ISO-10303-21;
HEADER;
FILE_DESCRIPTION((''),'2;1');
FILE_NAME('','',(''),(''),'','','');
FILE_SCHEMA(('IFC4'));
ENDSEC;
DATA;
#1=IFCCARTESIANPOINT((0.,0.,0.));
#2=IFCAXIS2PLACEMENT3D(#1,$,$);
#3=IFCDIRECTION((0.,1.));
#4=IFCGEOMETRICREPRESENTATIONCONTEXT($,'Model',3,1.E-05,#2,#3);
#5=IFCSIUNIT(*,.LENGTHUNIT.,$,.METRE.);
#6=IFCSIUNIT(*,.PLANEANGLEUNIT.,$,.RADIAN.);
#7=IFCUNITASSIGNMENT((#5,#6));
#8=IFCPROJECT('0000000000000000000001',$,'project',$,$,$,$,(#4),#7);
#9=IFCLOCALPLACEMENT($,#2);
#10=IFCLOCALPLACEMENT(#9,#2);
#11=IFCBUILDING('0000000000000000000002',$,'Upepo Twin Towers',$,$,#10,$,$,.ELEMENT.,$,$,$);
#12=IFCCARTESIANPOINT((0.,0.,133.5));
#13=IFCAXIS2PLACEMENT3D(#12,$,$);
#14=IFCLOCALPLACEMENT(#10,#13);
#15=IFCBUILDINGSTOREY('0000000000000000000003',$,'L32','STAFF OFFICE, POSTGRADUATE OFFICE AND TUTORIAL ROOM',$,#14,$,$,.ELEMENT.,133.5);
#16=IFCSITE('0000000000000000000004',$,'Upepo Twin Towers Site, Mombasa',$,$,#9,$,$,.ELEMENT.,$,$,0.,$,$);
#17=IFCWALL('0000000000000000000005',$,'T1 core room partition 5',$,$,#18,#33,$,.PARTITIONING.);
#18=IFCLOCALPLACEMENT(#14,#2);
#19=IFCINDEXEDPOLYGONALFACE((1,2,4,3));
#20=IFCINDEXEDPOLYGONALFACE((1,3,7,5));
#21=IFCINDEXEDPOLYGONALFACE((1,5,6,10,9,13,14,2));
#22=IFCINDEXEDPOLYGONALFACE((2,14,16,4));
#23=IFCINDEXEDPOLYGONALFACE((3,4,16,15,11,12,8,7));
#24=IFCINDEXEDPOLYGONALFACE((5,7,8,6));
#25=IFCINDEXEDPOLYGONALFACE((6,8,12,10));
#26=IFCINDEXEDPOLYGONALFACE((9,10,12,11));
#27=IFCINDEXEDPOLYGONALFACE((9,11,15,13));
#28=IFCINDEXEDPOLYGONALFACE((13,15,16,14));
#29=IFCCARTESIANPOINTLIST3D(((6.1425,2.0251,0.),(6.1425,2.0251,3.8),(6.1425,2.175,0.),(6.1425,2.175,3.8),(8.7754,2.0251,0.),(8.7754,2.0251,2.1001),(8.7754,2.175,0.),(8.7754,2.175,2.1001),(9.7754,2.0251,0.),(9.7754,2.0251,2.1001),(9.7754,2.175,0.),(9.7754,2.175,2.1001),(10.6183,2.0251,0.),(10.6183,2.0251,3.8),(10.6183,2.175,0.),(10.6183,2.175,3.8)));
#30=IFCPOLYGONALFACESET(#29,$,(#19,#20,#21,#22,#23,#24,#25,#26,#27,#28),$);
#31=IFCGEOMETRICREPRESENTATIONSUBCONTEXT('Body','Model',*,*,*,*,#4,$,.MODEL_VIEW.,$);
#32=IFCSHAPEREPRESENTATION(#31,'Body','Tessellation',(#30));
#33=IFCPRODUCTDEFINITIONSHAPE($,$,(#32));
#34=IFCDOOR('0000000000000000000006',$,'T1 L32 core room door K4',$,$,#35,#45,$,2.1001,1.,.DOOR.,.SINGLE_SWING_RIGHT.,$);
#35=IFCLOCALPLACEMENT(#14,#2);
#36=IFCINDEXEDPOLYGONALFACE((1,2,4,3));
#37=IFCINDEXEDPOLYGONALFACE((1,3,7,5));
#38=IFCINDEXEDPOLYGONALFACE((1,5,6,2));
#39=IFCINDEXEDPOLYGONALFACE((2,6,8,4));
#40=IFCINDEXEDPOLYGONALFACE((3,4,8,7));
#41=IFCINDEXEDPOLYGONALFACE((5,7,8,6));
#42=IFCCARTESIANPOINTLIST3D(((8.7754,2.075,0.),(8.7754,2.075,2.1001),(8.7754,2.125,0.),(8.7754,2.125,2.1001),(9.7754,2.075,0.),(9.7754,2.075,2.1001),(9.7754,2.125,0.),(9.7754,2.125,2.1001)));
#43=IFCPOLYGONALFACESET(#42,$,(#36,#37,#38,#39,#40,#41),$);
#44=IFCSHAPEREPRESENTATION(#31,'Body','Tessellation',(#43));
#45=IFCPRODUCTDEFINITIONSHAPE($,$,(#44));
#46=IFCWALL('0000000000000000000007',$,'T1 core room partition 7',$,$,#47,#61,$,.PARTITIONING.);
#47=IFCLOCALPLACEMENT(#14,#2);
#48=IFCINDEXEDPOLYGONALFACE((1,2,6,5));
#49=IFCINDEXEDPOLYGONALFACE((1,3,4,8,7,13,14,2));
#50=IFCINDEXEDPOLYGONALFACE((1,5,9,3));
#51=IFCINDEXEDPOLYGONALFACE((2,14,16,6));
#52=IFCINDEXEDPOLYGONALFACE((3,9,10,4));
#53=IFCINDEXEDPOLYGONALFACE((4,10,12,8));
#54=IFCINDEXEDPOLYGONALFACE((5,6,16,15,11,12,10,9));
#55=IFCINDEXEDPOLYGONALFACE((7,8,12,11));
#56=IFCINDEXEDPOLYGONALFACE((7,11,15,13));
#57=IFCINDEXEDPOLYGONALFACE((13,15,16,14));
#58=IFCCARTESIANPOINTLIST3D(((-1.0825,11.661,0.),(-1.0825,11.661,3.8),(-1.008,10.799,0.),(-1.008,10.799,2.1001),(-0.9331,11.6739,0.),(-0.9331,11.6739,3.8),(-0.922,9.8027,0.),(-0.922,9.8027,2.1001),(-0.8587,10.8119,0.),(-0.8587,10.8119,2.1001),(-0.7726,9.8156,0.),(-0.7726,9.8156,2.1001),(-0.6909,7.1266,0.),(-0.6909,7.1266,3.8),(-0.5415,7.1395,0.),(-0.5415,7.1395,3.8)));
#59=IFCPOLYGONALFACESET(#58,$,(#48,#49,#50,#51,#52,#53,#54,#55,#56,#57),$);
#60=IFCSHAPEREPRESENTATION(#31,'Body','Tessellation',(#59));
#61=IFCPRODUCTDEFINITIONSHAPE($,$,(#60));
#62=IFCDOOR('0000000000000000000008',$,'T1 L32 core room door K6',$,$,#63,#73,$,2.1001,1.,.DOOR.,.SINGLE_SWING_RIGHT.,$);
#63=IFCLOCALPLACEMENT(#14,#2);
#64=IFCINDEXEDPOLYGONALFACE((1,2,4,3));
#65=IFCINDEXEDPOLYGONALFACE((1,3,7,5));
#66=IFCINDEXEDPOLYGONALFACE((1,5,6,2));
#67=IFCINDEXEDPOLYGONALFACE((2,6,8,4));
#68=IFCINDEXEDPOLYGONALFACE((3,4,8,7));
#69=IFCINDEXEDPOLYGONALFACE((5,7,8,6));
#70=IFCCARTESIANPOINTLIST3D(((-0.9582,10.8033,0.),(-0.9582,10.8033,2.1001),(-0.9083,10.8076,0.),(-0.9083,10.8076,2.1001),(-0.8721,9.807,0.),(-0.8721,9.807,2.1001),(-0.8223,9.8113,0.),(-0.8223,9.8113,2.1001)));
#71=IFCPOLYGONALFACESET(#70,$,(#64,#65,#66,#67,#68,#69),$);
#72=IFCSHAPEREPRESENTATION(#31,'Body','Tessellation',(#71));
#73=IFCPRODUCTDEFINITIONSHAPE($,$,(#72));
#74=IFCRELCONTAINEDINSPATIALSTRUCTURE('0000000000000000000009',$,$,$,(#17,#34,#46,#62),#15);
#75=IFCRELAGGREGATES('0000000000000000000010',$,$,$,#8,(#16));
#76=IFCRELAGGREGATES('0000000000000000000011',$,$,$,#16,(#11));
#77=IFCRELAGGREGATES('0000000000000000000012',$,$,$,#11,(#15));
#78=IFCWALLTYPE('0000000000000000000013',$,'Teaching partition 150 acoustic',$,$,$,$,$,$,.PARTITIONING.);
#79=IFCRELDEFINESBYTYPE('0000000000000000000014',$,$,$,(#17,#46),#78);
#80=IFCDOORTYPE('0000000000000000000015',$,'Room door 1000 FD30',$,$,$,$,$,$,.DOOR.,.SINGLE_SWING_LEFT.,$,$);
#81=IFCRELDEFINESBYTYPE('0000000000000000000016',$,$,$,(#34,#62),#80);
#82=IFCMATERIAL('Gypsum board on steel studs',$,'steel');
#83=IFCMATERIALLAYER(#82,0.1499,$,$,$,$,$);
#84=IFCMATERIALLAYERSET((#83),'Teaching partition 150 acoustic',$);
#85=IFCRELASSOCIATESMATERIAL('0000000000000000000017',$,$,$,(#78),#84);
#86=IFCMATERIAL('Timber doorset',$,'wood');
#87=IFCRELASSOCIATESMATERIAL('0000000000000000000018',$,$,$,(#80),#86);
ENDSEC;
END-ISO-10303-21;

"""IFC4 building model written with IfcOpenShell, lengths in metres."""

from ifc_helpers import new_model, si_unit, direction, frame, frame_2d, origin, place, context, subcontext, project, spatial, rectangle, extrude, material, layer, layer_set, type_object, element, fill, save


model = new_model("IFC4")

# Units and contexts
model_context = context("Model", 3, precision=1e-05, world=origin(), true_north=direction((0.0, 1.0)))
body_context = subcontext(model_context, "Body", "Model", "MODEL_VIEW")
ifc_project = project(units=[si_unit("LENGTHUNIT", "METRE"), si_unit("PLANEANGLEUNIT", "RADIAN")], contexts=[model_context])

# Site, building, storey
site_placement = place(None, origin())
site = spatial("IfcSite", under=ifc_project, at=site_placement, Name="Upepo Twin Towers Site, Mombasa", CompositionType="ELEMENT", RefElevation=0.0)
building_placement = place(site_placement, origin())
building = spatial("IfcBuilding", under=site, at=building_placement, Name="Upepo Twin Towers", CompositionType="ELEMENT")
storey_placement = place(building_placement, frame((0.0, 0.0, 133.5)))
storey = spatial("IfcBuildingStorey", under=building, at=storey_placement, Name="L32", Description="STAFF OFFICE, POSTGRADUATE OFFICE AND TUTORIAL ROOM", CompositionType="ELEMENT", Elevation=133.5)

# Walls, openings, doors
ifc_material_1 = material(Name="Gypsum board on steel studs", Category="steel")
ifc_layer_1 = layer(ifc_material_1, 0.1499)
ifc_layer_set_1 = layer_set([ifc_layer_1], Name="Teaching partition 150 acoustic")
wall_type_1 = type_object("IfcWallType", Name="Teaching partition 150 acoustic", PredefinedType="PARTITIONING", material=ifc_layer_set_1)
ifc_material_2 = material(Name="Timber doorset", Category="wood")
door_type_1 = type_object("IfcDoorType", Name="Room door 1000 FD30", OperationType="SINGLE_SWING_LEFT", PredefinedType="DOOR", material=ifc_material_2)
wall_1_placement = place(storey_placement, frame((6.1426, 2.1001, 0.0), z_axis=(0.0, 0.0, 1.0), x_axis=(1.0, 0.0, 0.0)))
wall_1 = element("IfcWall", 1, at=wall_1_placement, inside=storey, type_object=wall_type_1, Name="T1 core room partition 5", PredefinedType="PARTITIONING", context=body_context, shape_type="SweptSolid", body=[
    extrude(rectangle(XDim=4.4758, YDim=0.1499, at=frame_2d((2.2378, 0.0))), origin(), (0.0, 0.0, 1.0), 3.8),
])
opening_1_placement = place(wall_1_placement, frame((2.6328, 0.0, 0.0)))
opening_1 = element("IfcOpeningElement", 2, at=opening_1_placement, cuts=wall_1, PredefinedType="OPENING", context=body_context, shape_type="SweptSolid", body=[
    extrude(rectangle(XDim=1.0, YDim=2.1001, at=frame_2d((0.5, 1.05))), frame((0.0, 0.085, 0.0), z_axis=(0.0, -1.0, 0.0), x_axis=(1.0, 0.0, 0.0)), (0.0, 0.0, 1.0), 0.1699),
])
door_1_placement = place(opening_1_placement, origin())
door_1 = element("IfcDoor", 3, at=door_1_placement, inside=storey, type_object=door_type_1, Name="T1 L32 core room door K4", OperationType="SINGLE_SWING_RIGHT", OverallHeight=2.1001, OverallWidth=1.0, PredefinedType="DOOR", context=body_context, shape_type="SweptSolid", body=[
    extrude(rectangle(XDim=1.0, YDim=2.1001, at=frame_2d((0.5, 1.05))), frame((0.0, 0.0249, 0.0), z_axis=(0.0, -1.0, 0.0), x_axis=(1.0, 0.0, 0.0)), (0.0, 0.0, 1.0), 0.05),
])
fill(opening_1, door_1)
wall_2_placement = place(storey_placement, frame((-0.6162, 7.1331, 0.0), z_axis=(0.0, 0.0, 1.0), x_axis=(-0.086042, 0.996292, 0.0)))
wall_2 = element("IfcWall", 4, at=wall_2_placement, inside=storey, type_object=wall_type_1, Name="T1 core room partition 7", PredefinedType="PARTITIONING", context=body_context, shape_type="SweptSolid", body=[
    extrude(rectangle(XDim=4.5513, YDim=0.1499, at=frame_2d((2.2756, 0.0))), origin(), (0.0, 0.0, 1.0), 3.8),
])
opening_2_placement = place(wall_2_placement, frame((2.686, 0.0, 0.0)))
opening_2 = element("IfcOpeningElement", 5, at=opening_2_placement, cuts=wall_2, PredefinedType="OPENING", context=body_context, shape_type="SweptSolid", body=[
    extrude(rectangle(XDim=1.0, YDim=2.1001, at=frame_2d((0.5, 1.05))), frame((0.0, 0.085, 0.0), z_axis=(0.0, -1.0, 0.0), x_axis=(1.0, 0.0, 0.0)), (0.0, 0.0, 1.0), 0.1699),
])
door_2_placement = place(opening_2_placement, origin())
door_2 = element("IfcDoor", 6, at=door_2_placement, inside=storey, type_object=door_type_1, Name="T1 L32 core room door K6", OperationType="SINGLE_SWING_RIGHT", OverallHeight=2.1001, OverallWidth=1.0, PredefinedType="DOOR", context=body_context, shape_type="SweptSolid", body=[
    extrude(rectangle(XDim=1.0, YDim=2.1001, at=frame_2d((0.5, 1.05))), frame((0.0, 0.0249, 0.0), z_axis=(0.0, -1.0, 0.0), x_axis=(1.0, 0.0, 0.0)), (0.0, 0.0, 1.0), 0.05),
])
fill(opening_2, door_2)

save(model, "model.ifc")
